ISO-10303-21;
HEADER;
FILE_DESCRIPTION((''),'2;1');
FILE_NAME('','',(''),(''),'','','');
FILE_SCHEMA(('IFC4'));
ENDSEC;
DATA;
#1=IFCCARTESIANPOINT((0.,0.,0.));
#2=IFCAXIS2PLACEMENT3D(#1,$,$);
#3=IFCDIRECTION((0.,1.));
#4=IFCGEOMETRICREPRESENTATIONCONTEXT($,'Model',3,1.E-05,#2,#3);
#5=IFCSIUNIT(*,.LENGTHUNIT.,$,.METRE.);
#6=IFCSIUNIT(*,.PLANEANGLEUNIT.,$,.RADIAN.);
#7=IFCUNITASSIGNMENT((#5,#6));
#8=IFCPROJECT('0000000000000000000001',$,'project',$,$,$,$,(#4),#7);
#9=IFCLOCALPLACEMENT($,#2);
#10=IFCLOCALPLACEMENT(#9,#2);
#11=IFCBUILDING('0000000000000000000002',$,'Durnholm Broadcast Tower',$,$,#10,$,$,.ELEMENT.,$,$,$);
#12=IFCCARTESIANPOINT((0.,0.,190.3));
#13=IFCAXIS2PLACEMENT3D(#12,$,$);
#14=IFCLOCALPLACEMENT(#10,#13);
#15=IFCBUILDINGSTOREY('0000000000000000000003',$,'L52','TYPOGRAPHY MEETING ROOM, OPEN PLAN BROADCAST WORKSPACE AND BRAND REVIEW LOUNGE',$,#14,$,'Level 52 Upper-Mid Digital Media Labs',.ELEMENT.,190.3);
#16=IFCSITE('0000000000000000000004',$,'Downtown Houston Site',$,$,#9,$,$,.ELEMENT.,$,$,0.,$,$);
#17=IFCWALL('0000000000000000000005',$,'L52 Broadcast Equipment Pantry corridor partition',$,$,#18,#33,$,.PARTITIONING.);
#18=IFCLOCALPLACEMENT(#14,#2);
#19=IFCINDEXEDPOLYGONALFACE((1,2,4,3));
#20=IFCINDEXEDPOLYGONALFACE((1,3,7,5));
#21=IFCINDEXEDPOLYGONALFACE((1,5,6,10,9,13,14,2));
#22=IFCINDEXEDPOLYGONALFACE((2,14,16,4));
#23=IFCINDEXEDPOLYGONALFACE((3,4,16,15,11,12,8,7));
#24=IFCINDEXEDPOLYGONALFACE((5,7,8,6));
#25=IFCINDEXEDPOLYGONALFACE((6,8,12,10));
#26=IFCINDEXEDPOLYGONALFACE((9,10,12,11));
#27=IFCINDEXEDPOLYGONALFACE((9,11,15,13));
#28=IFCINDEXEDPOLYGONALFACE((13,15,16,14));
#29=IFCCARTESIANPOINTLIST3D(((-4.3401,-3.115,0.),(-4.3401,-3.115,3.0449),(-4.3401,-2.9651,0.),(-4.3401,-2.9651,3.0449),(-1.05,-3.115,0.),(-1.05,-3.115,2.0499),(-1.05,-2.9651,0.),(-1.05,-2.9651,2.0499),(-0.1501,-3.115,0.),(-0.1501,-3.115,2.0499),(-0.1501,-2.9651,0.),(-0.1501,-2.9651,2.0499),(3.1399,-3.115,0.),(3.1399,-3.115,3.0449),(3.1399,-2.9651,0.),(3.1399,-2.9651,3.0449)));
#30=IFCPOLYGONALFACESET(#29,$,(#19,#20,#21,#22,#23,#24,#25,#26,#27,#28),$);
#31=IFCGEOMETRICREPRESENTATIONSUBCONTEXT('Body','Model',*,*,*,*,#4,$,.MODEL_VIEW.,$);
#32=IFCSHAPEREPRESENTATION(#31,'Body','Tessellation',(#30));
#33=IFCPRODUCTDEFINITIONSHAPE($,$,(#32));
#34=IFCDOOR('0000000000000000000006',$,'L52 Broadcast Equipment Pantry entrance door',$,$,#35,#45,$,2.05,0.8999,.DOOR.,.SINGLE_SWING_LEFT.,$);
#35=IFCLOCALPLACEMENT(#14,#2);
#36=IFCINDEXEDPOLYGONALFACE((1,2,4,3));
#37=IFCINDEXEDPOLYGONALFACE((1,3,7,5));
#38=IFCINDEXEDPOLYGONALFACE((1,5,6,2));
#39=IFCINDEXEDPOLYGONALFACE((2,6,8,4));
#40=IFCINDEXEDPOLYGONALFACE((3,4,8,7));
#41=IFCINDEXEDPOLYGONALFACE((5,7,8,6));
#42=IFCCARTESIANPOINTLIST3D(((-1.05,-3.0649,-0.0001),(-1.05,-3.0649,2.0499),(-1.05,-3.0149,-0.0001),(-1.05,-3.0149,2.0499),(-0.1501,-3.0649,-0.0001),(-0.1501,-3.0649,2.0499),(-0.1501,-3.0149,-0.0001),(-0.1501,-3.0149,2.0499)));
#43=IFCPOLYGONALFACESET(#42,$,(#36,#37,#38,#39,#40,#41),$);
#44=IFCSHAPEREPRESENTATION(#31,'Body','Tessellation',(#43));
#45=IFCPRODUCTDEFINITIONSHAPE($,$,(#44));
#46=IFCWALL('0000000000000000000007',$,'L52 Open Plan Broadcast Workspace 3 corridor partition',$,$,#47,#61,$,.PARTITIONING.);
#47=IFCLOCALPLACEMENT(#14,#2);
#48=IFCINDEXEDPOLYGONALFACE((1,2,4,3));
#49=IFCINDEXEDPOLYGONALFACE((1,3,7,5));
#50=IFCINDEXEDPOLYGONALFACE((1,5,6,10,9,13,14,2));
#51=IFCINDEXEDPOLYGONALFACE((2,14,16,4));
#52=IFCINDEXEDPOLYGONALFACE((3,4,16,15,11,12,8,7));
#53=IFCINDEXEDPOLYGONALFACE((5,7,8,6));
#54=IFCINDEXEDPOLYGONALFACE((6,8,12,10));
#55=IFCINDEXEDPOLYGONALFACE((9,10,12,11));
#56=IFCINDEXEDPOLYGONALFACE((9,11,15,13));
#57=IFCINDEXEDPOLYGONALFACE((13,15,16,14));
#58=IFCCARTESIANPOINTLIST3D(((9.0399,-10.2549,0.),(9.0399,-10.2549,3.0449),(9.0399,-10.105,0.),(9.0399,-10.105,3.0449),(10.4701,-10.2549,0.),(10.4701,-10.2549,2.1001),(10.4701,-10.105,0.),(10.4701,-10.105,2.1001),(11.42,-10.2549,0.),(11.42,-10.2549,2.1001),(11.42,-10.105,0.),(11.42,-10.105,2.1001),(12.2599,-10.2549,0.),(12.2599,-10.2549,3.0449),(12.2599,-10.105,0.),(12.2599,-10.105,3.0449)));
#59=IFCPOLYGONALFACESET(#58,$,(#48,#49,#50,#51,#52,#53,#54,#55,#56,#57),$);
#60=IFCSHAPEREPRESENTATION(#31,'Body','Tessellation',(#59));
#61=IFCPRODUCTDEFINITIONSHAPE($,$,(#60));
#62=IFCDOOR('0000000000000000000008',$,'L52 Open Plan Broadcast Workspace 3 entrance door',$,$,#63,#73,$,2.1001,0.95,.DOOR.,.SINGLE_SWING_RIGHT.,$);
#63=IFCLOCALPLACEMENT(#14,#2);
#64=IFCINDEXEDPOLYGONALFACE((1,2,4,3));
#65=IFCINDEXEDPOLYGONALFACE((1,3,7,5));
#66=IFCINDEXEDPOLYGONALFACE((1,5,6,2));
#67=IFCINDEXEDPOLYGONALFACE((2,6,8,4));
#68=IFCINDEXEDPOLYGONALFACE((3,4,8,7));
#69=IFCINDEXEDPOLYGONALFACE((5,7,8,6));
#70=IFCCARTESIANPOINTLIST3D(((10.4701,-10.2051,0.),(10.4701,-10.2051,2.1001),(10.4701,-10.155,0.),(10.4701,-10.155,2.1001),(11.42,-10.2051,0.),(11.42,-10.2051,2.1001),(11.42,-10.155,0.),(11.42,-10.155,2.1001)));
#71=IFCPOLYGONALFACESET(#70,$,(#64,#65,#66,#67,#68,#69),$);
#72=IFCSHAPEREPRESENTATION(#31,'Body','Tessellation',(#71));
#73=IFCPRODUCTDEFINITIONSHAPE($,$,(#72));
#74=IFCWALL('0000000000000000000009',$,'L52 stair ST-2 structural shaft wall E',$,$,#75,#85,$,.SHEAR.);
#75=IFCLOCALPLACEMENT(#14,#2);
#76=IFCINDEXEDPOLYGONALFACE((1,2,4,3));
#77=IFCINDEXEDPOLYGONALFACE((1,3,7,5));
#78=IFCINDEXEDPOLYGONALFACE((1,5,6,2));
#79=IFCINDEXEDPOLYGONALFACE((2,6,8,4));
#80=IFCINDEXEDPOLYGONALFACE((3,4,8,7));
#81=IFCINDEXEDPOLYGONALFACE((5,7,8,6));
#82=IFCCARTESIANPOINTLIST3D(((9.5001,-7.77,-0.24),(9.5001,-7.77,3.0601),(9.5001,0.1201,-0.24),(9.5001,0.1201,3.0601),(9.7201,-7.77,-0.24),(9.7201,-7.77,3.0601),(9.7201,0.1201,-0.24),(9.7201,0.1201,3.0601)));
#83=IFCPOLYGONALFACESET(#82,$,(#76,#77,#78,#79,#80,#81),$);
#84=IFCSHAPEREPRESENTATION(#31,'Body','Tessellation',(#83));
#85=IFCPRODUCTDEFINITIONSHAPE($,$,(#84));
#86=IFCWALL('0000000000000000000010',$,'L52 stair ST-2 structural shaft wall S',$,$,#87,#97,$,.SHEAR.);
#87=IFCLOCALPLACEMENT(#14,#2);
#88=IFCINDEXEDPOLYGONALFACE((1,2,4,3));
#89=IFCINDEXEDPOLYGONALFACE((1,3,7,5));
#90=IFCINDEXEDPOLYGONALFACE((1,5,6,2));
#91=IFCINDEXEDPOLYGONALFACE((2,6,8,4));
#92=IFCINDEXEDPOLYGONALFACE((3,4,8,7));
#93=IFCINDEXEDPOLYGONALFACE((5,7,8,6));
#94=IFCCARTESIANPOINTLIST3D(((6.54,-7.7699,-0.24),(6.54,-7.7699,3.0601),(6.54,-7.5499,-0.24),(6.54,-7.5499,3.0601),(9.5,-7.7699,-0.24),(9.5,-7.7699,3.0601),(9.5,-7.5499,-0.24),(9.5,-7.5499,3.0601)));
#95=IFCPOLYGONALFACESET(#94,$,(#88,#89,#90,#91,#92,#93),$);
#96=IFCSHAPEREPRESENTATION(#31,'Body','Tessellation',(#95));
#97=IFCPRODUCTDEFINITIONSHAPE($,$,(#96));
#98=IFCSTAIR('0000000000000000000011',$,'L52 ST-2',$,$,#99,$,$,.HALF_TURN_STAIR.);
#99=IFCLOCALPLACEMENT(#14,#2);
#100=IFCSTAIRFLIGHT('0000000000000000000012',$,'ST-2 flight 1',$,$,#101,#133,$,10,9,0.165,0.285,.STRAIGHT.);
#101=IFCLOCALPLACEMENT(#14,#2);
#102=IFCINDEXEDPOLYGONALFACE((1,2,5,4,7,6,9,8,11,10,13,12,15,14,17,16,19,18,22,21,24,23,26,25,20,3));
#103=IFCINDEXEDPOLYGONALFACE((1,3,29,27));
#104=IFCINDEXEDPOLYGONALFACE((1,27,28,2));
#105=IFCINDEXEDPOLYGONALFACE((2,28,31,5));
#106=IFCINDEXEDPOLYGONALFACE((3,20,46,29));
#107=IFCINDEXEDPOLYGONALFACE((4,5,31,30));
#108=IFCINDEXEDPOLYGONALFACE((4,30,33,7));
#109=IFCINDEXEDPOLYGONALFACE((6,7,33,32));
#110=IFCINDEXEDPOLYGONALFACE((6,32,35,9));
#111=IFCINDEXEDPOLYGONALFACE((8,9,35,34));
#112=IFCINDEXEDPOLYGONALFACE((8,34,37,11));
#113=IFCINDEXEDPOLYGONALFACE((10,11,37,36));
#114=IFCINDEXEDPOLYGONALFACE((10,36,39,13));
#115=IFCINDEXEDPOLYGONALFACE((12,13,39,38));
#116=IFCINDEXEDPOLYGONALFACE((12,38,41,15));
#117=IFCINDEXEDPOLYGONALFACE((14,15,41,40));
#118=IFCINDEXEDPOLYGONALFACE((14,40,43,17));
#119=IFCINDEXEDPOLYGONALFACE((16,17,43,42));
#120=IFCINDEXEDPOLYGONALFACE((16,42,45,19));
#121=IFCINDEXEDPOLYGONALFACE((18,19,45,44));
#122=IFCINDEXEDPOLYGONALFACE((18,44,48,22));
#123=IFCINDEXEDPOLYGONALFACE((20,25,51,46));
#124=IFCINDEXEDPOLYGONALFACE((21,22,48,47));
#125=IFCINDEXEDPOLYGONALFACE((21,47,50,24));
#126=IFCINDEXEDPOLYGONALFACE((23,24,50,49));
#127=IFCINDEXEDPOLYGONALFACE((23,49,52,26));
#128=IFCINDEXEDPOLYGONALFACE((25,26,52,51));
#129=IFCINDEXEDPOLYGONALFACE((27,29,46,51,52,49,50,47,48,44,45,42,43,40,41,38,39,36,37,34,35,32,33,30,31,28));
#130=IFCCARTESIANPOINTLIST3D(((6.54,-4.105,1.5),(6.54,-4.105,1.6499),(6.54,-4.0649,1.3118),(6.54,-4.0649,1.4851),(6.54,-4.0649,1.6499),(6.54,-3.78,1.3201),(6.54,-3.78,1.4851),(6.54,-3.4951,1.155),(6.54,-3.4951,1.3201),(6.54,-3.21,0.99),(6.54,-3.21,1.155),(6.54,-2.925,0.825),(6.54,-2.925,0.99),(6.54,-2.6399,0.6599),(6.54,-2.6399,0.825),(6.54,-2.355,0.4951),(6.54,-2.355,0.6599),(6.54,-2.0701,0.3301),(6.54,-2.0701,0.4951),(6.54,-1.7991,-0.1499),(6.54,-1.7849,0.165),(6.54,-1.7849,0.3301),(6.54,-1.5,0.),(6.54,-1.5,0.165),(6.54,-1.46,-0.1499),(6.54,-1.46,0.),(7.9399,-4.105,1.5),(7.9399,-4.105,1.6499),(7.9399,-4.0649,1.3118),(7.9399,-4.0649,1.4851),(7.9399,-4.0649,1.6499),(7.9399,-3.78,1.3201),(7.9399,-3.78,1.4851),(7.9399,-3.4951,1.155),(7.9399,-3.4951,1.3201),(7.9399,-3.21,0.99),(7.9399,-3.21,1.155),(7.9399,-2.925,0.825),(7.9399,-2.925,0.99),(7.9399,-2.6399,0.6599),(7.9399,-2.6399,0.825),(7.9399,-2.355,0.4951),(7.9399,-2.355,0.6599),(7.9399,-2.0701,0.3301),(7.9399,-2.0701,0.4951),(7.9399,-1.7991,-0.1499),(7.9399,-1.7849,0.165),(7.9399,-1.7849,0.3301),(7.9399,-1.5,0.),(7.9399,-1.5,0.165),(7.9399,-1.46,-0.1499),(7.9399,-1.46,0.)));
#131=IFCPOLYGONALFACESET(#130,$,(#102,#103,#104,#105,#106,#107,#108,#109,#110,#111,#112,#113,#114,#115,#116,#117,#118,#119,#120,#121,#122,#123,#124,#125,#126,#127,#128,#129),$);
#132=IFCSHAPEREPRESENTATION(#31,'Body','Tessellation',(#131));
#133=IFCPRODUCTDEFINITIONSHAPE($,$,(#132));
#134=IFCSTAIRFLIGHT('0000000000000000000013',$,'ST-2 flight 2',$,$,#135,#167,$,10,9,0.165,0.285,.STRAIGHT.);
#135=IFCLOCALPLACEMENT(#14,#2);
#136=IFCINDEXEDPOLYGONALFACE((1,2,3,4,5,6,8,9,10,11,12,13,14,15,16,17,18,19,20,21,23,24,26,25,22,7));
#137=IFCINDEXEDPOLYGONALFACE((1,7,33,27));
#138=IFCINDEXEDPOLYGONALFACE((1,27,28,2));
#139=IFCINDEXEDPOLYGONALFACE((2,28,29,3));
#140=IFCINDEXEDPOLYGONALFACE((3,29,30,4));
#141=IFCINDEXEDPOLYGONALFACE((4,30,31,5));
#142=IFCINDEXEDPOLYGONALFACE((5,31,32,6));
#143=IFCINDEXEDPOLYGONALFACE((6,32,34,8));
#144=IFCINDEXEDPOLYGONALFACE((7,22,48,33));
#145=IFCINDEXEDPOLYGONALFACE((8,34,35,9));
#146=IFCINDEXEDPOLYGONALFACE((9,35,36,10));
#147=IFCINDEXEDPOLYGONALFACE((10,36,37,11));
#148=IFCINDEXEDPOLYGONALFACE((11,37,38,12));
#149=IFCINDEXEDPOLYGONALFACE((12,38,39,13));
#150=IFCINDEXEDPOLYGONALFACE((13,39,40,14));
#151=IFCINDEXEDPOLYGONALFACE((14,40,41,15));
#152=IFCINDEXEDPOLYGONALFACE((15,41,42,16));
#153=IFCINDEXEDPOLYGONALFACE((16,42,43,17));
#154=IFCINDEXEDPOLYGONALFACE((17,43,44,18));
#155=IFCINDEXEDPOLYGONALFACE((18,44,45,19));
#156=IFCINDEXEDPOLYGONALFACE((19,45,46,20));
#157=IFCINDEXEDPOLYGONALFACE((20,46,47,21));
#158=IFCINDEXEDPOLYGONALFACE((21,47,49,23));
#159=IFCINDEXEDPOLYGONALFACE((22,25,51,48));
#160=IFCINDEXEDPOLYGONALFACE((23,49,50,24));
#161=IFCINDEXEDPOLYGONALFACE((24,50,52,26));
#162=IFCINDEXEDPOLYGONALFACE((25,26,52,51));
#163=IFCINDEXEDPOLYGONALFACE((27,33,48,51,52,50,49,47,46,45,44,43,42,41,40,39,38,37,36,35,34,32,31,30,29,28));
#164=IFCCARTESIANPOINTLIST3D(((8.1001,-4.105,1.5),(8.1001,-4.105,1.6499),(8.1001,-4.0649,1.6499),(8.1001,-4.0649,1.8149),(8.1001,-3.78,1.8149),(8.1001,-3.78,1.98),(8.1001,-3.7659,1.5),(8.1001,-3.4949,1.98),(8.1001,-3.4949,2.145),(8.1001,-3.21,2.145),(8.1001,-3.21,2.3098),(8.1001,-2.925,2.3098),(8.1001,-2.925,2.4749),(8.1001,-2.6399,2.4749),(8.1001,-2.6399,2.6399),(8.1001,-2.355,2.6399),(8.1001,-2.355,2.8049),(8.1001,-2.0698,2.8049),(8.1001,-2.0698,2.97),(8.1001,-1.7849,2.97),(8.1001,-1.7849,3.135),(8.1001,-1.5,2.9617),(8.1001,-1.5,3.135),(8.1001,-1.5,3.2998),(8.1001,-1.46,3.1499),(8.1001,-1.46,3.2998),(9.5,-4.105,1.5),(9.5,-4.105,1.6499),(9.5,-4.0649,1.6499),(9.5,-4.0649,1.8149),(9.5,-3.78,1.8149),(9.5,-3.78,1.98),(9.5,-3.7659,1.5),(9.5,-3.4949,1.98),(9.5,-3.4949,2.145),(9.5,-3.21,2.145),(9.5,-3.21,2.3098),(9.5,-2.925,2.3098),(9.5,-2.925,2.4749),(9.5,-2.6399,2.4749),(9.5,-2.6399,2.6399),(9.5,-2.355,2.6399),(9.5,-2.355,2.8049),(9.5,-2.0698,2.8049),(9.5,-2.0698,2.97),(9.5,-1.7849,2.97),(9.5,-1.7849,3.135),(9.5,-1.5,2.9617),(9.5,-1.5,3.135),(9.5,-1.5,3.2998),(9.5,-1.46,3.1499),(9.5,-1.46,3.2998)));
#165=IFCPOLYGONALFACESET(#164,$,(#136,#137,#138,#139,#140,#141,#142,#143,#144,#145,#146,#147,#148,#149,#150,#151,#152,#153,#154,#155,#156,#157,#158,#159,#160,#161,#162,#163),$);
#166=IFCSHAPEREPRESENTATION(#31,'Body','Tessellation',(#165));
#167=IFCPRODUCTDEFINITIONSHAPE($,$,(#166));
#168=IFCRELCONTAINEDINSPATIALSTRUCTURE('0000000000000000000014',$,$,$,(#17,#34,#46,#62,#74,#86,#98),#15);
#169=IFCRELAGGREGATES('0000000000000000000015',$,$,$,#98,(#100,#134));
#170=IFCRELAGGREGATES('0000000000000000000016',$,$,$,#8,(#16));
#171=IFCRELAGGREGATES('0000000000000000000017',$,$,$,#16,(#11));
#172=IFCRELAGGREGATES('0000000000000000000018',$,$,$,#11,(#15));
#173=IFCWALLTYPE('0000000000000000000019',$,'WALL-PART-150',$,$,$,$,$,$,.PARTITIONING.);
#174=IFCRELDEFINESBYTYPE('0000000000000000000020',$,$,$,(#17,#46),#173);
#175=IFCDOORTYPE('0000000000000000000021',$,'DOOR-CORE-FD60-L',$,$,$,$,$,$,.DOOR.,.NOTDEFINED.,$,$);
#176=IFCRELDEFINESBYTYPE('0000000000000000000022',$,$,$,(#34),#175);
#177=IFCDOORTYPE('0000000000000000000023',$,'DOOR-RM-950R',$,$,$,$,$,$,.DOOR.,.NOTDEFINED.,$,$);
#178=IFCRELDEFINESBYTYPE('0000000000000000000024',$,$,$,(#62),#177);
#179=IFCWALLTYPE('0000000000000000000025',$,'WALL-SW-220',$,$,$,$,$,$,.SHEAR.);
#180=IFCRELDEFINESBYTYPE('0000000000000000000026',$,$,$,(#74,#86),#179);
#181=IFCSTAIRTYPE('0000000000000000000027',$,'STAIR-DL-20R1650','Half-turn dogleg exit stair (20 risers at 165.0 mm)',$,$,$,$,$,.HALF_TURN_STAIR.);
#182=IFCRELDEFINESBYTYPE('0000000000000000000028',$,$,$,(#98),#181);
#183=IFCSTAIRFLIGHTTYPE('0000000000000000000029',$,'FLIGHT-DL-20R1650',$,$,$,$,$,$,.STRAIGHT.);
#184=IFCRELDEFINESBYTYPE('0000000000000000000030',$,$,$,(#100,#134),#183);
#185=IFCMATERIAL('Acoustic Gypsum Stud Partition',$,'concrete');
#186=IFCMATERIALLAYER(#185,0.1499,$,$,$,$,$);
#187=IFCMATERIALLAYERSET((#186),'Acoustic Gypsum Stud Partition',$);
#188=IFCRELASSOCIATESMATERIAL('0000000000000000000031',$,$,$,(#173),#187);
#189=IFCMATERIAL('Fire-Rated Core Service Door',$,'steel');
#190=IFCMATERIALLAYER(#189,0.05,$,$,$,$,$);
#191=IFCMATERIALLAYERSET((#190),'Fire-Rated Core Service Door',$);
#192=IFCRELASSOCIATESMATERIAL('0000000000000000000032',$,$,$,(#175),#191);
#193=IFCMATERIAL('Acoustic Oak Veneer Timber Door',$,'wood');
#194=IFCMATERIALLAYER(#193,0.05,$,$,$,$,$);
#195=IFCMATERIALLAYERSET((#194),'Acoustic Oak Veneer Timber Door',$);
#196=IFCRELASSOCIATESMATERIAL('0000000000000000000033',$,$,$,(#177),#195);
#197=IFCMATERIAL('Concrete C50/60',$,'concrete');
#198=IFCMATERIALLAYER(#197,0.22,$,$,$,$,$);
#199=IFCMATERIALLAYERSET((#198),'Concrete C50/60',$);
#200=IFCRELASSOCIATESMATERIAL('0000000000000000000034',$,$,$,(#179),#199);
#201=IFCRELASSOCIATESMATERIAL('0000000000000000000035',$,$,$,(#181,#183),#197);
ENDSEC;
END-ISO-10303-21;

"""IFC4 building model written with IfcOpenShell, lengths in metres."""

from ifc_helpers import new_model, si_unit, direction, frame, frame_2d, origin, place, context, subcontext, project, spatial, polyline, rectangle, outline, extrude, source, transform, mapped, material, layer, layer_set, type_object, type_shapes, element, fill, aggregate, save


model = new_model("IFC4")

# Units and contexts
model_context = context("Model", 3, precision=1e-05, world=origin(), true_north=direction((0.0, 1.0)))
body_context = subcontext(model_context, "Body", "Model", "MODEL_VIEW")
ifc_project = project(units=[si_unit("LENGTHUNIT", "METRE"), si_unit("PLANEANGLEUNIT", "RADIAN")], contexts=[model_context])

# Site, building, storey
site_placement = place(None, origin())
site = spatial("IfcSite", under=ifc_project, at=site_placement, Name="Downtown Houston Site", CompositionType="ELEMENT", RefElevation=0.0)
building_placement = place(site_placement, origin())
building = spatial("IfcBuilding", under=site, at=building_placement, Name="Durnholm Broadcast Tower", CompositionType="ELEMENT")
storey_placement = place(building_placement, frame((0.0, 0.0, 190.3)))
storey = spatial("IfcBuildingStorey", under=building, at=storey_placement, Name="L52", Description="TYPOGRAPHY MEETING ROOM, OPEN PLAN BROADCAST WORKSPACE AND BRAND REVIEW LOUNGE", LongName="Level 52 Upper-Mid Digital Media Labs", CompositionType="ELEMENT", Elevation=190.3)

# Walls, openings, doors
ifc_material_1 = material(Name="Fire-Rated Core Service Door", Category="steel")
ifc_material_2 = material(Name="Acoustic Gypsum Stud Partition", Category="concrete")
ifc_layer_1 = layer(ifc_material_2, 0.1499)
ifc_layer_set_1 = layer_set([ifc_layer_1], Name="Acoustic Gypsum Stud Partition")
wall_type_1 = type_object("IfcWallType", Name="WALL-PART-150", PredefinedType="PARTITIONING", material=ifc_layer_set_1)
wall_1_placement = place(storey_placement, frame((3.1399, -3.04, 0.0), z_axis=(0.0, 0.0, 1.0), x_axis=(-1.0, 0.0, 0.0)))
wall_1 = element("IfcWall", 1, at=wall_1_placement, inside=storey, type_object=wall_type_1, Name="L52 Broadcast Equipment Pantry corridor partition", PredefinedType="PARTITIONING", context=body_context, shape_type="SweptSolid", body=[
    extrude(rectangle(XDim=7.48, YDim=0.1499, at=frame_2d((3.74, 0.0))), origin(), (0.0, 0.0, 1.0), 3.0449),
])
opening_1_placement = place(wall_1_placement, frame((3.29, 0.0, 0.0)))
opening_1 = element("IfcOpeningElement", 2, at=opening_1_placement, cuts=wall_1, PredefinedType="OPENING", context=body_context, shape_type="SweptSolid", body=[
    extrude(rectangle(XDim=0.8999, YDim=2.05, at=frame_2d((0.45, 1.0249))), frame((0.0, 0.085, 0.0), z_axis=(0.0, -1.0, 0.0), x_axis=(1.0, 0.0, 0.0)), (0.0, 0.0, 1.0), 0.1699),
])
ifc_layer_2 = layer(ifc_material_1, 0.05)
ifc_layer_set_2 = layer_set([ifc_layer_2], Name="Fire-Rated Core Service Door")
door_type_1 = type_object("IfcDoorType", Name="DOOR-CORE-FD60-L", OperationType="NOTDEFINED", PredefinedType="DOOR", material=ifc_layer_set_2)
shared_shape_1 = source(origin(), body_context, "Body", "SweptSolid", [
    extrude(rectangle(XDim=0.8999, YDim=2.05, at=frame_2d((0.45, 1.0249))), frame((0.0, 0.0249, 0.0), z_axis=(0.0, -1.0, 0.0), x_axis=(1.0, 0.0, 0.0)), (0.0, 0.0, 1.0), 0.05),
])
type_shapes(door_type_1, [shared_shape_1])
door_1_placement = place(opening_1_placement, origin())
door_1 = element("IfcDoor", 3, at=door_1_placement, inside=storey, type_object=door_type_1, Name="L52 Broadcast Equipment Pantry entrance door", OperationType="SINGLE_SWING_LEFT", OverallHeight=2.05, OverallWidth=0.8999, PredefinedType="DOOR", context=body_context, shape_type="MappedRepresentation", body=[
    mapped(shared_shape_1, transform((0.0, 0.0, 0.0), x_axis=(1.0, 0.0, 0.0), y_axis=(0.0, 1.0, 0.0), z_axis=(0.0, 0.0, 1.0), scale=1.0)),
])
fill(opening_1, door_1)
wall_2_placement = place(storey_placement, frame((9.04, -10.1799, 0.0), z_axis=(0.0, 0.0, 1.0), x_axis=(1.0, 0.0, 0.0)))
wall_2 = element("IfcWall", 4, at=wall_2_placement, inside=storey, type_object=wall_type_1, Name="L52 Open Plan Broadcast Workspace 3 corridor partition", PredefinedType="PARTITIONING", context=body_context, shape_type="SweptSolid", body=[
    extrude(rectangle(XDim=3.22, YDim=0.1499, at=frame_2d((1.6099, 0.0))), origin(), (0.0, 0.0, 1.0), 3.0449),
])
opening_2_placement = place(wall_2_placement, frame((1.4299, 0.0, 0.0)))
opening_2 = element("IfcOpeningElement", 5, at=opening_2_placement, cuts=wall_2, PredefinedType="OPENING", context=body_context, shape_type="SweptSolid", body=[
    extrude(rectangle(XDim=0.95, YDim=2.1001, at=frame_2d((0.4751, 1.05))), frame((0.0, 0.085, 0.0), z_axis=(0.0, -1.0, 0.0), x_axis=(1.0, 0.0, 0.0)), (0.0, 0.0, 1.0), 0.1699),
])
ifc_material_3 = material(Name="Acoustic Oak Veneer Timber Door", Category="wood")
ifc_layer_3 = layer(ifc_material_3, 0.05)
ifc_layer_set_3 = layer_set([ifc_layer_3], Name="Acoustic Oak Veneer Timber Door")
door_type_2 = type_object("IfcDoorType", Name="DOOR-RM-950R", OperationType="NOTDEFINED", PredefinedType="DOOR", material=ifc_layer_set_3)
shared_shape_2 = source(origin(), body_context, "Body", "SweptSolid", [
    extrude(rectangle(XDim=0.95, YDim=2.1001, at=frame_2d((0.4751, 1.05))), frame((0.0, 0.0249, 0.0), z_axis=(0.0, -1.0, 0.0), x_axis=(1.0, 0.0, 0.0)), (0.0, 0.0, 1.0), 0.05),
])
type_shapes(door_type_2, [shared_shape_2])
door_2_placement = place(opening_2_placement, origin())
door_2 = element("IfcDoor", 6, at=door_2_placement, inside=storey, type_object=door_type_2, Name="L52 Open Plan Broadcast Workspace 3 entrance door", OperationType="SINGLE_SWING_RIGHT", OverallHeight=2.1001, OverallWidth=0.95, PredefinedType="DOOR", context=body_context, shape_type="MappedRepresentation", body=[
    mapped(shared_shape_2, transform((0.0, 0.0, 0.0), x_axis=(1.0, 0.0, 0.0), y_axis=(0.0, 1.0, 0.0), z_axis=(0.0, 0.0, 1.0), scale=1.0)),
])
fill(opening_2, door_2)

# Walls
ifc_material_4 = material(Name="Concrete C50/60", Category="concrete")
ifc_layer_4 = layer(ifc_material_4, 0.22)
ifc_layer_set_4 = layer_set([ifc_layer_4], Name="Concrete C50/60")
wall_type_2 = type_object("IfcWallType", Name="WALL-SW-220", PredefinedType="SHEAR", material=ifc_layer_set_4)
wall_3_placement = place(storey_placement, frame((9.6101, -7.77, -0.24), z_axis=(0.0, 0.0, 1.0), x_axis=(0.0, 1.0, 0.0)))
element("IfcWall", 7, at=wall_3_placement, inside=storey, type_object=wall_type_2, Name="L52 stair ST-2 structural shaft wall E", PredefinedType="SHEAR", context=body_context, shape_type="SweptSolid", body=[
    extrude(rectangle(XDim=7.8901, YDim=0.22, at=frame_2d((3.9451, 0.0))), origin(), (0.0, 0.0, 1.0), 3.3),
])
wall_4_placement = place(storey_placement, frame((6.54, -7.6599, -0.24), z_axis=(0.0, 0.0, 1.0), x_axis=(1.0, 0.0, 0.0)))
element("IfcWall", 8, at=wall_4_placement, inside=storey, type_object=wall_type_2, Name="L52 stair ST-2 structural shaft wall S", PredefinedType="SHEAR", context=body_context, shape_type="SweptSolid", body=[
    extrude(rectangle(XDim=2.96, YDim=0.22, at=frame_2d((1.48, 0.0))), origin(), (0.0, 0.0, 1.0), 3.3),
])

# Stair, stair flights
stair_type = type_object("IfcStairType", Name="STAIR-DL-20R1650", Description="Half-turn dogleg exit stair (20 risers at 165.0 mm)", PredefinedType="HALF_TURN_STAIR", material=ifc_material_4)
stair_placement = place(storey_placement, origin())
stair = element("IfcStair", 9, at=stair_placement, inside=storey, type_object=stair_type, Name="L52 ST-2", PredefinedType="HALF_TURN_STAIR")
stair_flight_type = type_object("IfcStairFlightType", Name="FLIGHT-DL-20R1650", PredefinedType="STRAIGHT", material=ifc_material_4)
stair_flight_1_placement = place(storey_placement, frame((7.24, -1.5, 0.0), z_axis=(0.0, 0.0, 1.0), x_axis=(0.0, -1.0, 0.0)))
stair_flight_1 = element("IfcStairFlight", 10, at=stair_flight_1_placement, type_object=stair_flight_type, Name="ST-2 flight 1", NumberOfRisers=10, NumberOfTreads=9, PredefinedType="STRAIGHT", RiserHeight=0.165, TreadLength=0.285, context=body_context, shape_type="SweptSolid", body=[
    extrude(outline(polyline([(-0.04, -0.1499), (-0.04, 0.0), (0.0, 0.0), (0.0, 0.165), (0.2849, 0.165), (0.2849, 0.3301), (0.5701, 0.3301), (0.5701, 0.4951), (0.855, 0.4951), (0.855, 0.6599), (1.1399, 0.6599), (1.1399, 0.825), (1.425, 0.825), (1.425, 0.99), (1.71, 0.99), (1.71, 1.155), (1.9951, 1.155), (1.9951, 1.3201), (2.28, 1.3201), (2.28, 1.4851), (2.5649, 1.4851), (2.5649, 1.6499), (2.605, 1.6499), (2.605, 1.5), (2.5649, 1.3118), (0.2991, -0.1499), (-0.04, -0.1499)])), frame((0.0, 0.7, 0.0), z_axis=(0.0, -1.0, 0.0), x_axis=(1.0, 0.0, 0.0)), (0.0, 0.0, 1.0), 1.3999),
])
stair_flight_2_placement = place(storey_placement, frame((8.8, -4.0649, 1.6499), z_axis=(0.0, 0.0, 1.0), x_axis=(0.0, 1.0, 0.0)))
stair_flight_2 = element("IfcStairFlight", 11, at=stair_flight_2_placement, type_object=stair_flight_type, Name="ST-2 flight 2", NumberOfRisers=10, NumberOfTreads=9, PredefinedType="STRAIGHT", RiserHeight=0.165, TreadLength=0.285, context=body_context, shape_type="SweptSolid", body=[
    extrude(outline(polyline([(-0.04, -0.1499), (-0.04, 0.0), (0.0, 0.0), (0.0, 0.165), (0.2849, 0.165), (0.2849, 0.3301), (0.5701, 0.3301), (0.5701, 0.4951), (0.855, 0.4951), (0.855, 0.6599), (1.1399, 0.6599), (1.1399, 0.825), (1.425, 0.825), (1.425, 0.99), (1.71, 0.99), (1.71, 1.155), (1.9951, 1.155), (1.9951, 1.3201), (2.28, 1.3201), (2.28, 1.4851), (2.5649, 1.4851), (2.5649, 1.6499), (2.605, 1.6499), (2.605, 1.5), (2.5649, 1.3118), (0.2991, -0.1499), (-0.04, -0.1499)])), frame((0.0, 0.7, 0.0), z_axis=(0.0, -1.0, 0.0), x_axis=(1.0, 0.0, 0.0)), (0.0, 0.0, 1.0), 1.3999),
])
aggregate(stair, [stair_flight_1, stair_flight_2])

save(model, "model.ifc")
